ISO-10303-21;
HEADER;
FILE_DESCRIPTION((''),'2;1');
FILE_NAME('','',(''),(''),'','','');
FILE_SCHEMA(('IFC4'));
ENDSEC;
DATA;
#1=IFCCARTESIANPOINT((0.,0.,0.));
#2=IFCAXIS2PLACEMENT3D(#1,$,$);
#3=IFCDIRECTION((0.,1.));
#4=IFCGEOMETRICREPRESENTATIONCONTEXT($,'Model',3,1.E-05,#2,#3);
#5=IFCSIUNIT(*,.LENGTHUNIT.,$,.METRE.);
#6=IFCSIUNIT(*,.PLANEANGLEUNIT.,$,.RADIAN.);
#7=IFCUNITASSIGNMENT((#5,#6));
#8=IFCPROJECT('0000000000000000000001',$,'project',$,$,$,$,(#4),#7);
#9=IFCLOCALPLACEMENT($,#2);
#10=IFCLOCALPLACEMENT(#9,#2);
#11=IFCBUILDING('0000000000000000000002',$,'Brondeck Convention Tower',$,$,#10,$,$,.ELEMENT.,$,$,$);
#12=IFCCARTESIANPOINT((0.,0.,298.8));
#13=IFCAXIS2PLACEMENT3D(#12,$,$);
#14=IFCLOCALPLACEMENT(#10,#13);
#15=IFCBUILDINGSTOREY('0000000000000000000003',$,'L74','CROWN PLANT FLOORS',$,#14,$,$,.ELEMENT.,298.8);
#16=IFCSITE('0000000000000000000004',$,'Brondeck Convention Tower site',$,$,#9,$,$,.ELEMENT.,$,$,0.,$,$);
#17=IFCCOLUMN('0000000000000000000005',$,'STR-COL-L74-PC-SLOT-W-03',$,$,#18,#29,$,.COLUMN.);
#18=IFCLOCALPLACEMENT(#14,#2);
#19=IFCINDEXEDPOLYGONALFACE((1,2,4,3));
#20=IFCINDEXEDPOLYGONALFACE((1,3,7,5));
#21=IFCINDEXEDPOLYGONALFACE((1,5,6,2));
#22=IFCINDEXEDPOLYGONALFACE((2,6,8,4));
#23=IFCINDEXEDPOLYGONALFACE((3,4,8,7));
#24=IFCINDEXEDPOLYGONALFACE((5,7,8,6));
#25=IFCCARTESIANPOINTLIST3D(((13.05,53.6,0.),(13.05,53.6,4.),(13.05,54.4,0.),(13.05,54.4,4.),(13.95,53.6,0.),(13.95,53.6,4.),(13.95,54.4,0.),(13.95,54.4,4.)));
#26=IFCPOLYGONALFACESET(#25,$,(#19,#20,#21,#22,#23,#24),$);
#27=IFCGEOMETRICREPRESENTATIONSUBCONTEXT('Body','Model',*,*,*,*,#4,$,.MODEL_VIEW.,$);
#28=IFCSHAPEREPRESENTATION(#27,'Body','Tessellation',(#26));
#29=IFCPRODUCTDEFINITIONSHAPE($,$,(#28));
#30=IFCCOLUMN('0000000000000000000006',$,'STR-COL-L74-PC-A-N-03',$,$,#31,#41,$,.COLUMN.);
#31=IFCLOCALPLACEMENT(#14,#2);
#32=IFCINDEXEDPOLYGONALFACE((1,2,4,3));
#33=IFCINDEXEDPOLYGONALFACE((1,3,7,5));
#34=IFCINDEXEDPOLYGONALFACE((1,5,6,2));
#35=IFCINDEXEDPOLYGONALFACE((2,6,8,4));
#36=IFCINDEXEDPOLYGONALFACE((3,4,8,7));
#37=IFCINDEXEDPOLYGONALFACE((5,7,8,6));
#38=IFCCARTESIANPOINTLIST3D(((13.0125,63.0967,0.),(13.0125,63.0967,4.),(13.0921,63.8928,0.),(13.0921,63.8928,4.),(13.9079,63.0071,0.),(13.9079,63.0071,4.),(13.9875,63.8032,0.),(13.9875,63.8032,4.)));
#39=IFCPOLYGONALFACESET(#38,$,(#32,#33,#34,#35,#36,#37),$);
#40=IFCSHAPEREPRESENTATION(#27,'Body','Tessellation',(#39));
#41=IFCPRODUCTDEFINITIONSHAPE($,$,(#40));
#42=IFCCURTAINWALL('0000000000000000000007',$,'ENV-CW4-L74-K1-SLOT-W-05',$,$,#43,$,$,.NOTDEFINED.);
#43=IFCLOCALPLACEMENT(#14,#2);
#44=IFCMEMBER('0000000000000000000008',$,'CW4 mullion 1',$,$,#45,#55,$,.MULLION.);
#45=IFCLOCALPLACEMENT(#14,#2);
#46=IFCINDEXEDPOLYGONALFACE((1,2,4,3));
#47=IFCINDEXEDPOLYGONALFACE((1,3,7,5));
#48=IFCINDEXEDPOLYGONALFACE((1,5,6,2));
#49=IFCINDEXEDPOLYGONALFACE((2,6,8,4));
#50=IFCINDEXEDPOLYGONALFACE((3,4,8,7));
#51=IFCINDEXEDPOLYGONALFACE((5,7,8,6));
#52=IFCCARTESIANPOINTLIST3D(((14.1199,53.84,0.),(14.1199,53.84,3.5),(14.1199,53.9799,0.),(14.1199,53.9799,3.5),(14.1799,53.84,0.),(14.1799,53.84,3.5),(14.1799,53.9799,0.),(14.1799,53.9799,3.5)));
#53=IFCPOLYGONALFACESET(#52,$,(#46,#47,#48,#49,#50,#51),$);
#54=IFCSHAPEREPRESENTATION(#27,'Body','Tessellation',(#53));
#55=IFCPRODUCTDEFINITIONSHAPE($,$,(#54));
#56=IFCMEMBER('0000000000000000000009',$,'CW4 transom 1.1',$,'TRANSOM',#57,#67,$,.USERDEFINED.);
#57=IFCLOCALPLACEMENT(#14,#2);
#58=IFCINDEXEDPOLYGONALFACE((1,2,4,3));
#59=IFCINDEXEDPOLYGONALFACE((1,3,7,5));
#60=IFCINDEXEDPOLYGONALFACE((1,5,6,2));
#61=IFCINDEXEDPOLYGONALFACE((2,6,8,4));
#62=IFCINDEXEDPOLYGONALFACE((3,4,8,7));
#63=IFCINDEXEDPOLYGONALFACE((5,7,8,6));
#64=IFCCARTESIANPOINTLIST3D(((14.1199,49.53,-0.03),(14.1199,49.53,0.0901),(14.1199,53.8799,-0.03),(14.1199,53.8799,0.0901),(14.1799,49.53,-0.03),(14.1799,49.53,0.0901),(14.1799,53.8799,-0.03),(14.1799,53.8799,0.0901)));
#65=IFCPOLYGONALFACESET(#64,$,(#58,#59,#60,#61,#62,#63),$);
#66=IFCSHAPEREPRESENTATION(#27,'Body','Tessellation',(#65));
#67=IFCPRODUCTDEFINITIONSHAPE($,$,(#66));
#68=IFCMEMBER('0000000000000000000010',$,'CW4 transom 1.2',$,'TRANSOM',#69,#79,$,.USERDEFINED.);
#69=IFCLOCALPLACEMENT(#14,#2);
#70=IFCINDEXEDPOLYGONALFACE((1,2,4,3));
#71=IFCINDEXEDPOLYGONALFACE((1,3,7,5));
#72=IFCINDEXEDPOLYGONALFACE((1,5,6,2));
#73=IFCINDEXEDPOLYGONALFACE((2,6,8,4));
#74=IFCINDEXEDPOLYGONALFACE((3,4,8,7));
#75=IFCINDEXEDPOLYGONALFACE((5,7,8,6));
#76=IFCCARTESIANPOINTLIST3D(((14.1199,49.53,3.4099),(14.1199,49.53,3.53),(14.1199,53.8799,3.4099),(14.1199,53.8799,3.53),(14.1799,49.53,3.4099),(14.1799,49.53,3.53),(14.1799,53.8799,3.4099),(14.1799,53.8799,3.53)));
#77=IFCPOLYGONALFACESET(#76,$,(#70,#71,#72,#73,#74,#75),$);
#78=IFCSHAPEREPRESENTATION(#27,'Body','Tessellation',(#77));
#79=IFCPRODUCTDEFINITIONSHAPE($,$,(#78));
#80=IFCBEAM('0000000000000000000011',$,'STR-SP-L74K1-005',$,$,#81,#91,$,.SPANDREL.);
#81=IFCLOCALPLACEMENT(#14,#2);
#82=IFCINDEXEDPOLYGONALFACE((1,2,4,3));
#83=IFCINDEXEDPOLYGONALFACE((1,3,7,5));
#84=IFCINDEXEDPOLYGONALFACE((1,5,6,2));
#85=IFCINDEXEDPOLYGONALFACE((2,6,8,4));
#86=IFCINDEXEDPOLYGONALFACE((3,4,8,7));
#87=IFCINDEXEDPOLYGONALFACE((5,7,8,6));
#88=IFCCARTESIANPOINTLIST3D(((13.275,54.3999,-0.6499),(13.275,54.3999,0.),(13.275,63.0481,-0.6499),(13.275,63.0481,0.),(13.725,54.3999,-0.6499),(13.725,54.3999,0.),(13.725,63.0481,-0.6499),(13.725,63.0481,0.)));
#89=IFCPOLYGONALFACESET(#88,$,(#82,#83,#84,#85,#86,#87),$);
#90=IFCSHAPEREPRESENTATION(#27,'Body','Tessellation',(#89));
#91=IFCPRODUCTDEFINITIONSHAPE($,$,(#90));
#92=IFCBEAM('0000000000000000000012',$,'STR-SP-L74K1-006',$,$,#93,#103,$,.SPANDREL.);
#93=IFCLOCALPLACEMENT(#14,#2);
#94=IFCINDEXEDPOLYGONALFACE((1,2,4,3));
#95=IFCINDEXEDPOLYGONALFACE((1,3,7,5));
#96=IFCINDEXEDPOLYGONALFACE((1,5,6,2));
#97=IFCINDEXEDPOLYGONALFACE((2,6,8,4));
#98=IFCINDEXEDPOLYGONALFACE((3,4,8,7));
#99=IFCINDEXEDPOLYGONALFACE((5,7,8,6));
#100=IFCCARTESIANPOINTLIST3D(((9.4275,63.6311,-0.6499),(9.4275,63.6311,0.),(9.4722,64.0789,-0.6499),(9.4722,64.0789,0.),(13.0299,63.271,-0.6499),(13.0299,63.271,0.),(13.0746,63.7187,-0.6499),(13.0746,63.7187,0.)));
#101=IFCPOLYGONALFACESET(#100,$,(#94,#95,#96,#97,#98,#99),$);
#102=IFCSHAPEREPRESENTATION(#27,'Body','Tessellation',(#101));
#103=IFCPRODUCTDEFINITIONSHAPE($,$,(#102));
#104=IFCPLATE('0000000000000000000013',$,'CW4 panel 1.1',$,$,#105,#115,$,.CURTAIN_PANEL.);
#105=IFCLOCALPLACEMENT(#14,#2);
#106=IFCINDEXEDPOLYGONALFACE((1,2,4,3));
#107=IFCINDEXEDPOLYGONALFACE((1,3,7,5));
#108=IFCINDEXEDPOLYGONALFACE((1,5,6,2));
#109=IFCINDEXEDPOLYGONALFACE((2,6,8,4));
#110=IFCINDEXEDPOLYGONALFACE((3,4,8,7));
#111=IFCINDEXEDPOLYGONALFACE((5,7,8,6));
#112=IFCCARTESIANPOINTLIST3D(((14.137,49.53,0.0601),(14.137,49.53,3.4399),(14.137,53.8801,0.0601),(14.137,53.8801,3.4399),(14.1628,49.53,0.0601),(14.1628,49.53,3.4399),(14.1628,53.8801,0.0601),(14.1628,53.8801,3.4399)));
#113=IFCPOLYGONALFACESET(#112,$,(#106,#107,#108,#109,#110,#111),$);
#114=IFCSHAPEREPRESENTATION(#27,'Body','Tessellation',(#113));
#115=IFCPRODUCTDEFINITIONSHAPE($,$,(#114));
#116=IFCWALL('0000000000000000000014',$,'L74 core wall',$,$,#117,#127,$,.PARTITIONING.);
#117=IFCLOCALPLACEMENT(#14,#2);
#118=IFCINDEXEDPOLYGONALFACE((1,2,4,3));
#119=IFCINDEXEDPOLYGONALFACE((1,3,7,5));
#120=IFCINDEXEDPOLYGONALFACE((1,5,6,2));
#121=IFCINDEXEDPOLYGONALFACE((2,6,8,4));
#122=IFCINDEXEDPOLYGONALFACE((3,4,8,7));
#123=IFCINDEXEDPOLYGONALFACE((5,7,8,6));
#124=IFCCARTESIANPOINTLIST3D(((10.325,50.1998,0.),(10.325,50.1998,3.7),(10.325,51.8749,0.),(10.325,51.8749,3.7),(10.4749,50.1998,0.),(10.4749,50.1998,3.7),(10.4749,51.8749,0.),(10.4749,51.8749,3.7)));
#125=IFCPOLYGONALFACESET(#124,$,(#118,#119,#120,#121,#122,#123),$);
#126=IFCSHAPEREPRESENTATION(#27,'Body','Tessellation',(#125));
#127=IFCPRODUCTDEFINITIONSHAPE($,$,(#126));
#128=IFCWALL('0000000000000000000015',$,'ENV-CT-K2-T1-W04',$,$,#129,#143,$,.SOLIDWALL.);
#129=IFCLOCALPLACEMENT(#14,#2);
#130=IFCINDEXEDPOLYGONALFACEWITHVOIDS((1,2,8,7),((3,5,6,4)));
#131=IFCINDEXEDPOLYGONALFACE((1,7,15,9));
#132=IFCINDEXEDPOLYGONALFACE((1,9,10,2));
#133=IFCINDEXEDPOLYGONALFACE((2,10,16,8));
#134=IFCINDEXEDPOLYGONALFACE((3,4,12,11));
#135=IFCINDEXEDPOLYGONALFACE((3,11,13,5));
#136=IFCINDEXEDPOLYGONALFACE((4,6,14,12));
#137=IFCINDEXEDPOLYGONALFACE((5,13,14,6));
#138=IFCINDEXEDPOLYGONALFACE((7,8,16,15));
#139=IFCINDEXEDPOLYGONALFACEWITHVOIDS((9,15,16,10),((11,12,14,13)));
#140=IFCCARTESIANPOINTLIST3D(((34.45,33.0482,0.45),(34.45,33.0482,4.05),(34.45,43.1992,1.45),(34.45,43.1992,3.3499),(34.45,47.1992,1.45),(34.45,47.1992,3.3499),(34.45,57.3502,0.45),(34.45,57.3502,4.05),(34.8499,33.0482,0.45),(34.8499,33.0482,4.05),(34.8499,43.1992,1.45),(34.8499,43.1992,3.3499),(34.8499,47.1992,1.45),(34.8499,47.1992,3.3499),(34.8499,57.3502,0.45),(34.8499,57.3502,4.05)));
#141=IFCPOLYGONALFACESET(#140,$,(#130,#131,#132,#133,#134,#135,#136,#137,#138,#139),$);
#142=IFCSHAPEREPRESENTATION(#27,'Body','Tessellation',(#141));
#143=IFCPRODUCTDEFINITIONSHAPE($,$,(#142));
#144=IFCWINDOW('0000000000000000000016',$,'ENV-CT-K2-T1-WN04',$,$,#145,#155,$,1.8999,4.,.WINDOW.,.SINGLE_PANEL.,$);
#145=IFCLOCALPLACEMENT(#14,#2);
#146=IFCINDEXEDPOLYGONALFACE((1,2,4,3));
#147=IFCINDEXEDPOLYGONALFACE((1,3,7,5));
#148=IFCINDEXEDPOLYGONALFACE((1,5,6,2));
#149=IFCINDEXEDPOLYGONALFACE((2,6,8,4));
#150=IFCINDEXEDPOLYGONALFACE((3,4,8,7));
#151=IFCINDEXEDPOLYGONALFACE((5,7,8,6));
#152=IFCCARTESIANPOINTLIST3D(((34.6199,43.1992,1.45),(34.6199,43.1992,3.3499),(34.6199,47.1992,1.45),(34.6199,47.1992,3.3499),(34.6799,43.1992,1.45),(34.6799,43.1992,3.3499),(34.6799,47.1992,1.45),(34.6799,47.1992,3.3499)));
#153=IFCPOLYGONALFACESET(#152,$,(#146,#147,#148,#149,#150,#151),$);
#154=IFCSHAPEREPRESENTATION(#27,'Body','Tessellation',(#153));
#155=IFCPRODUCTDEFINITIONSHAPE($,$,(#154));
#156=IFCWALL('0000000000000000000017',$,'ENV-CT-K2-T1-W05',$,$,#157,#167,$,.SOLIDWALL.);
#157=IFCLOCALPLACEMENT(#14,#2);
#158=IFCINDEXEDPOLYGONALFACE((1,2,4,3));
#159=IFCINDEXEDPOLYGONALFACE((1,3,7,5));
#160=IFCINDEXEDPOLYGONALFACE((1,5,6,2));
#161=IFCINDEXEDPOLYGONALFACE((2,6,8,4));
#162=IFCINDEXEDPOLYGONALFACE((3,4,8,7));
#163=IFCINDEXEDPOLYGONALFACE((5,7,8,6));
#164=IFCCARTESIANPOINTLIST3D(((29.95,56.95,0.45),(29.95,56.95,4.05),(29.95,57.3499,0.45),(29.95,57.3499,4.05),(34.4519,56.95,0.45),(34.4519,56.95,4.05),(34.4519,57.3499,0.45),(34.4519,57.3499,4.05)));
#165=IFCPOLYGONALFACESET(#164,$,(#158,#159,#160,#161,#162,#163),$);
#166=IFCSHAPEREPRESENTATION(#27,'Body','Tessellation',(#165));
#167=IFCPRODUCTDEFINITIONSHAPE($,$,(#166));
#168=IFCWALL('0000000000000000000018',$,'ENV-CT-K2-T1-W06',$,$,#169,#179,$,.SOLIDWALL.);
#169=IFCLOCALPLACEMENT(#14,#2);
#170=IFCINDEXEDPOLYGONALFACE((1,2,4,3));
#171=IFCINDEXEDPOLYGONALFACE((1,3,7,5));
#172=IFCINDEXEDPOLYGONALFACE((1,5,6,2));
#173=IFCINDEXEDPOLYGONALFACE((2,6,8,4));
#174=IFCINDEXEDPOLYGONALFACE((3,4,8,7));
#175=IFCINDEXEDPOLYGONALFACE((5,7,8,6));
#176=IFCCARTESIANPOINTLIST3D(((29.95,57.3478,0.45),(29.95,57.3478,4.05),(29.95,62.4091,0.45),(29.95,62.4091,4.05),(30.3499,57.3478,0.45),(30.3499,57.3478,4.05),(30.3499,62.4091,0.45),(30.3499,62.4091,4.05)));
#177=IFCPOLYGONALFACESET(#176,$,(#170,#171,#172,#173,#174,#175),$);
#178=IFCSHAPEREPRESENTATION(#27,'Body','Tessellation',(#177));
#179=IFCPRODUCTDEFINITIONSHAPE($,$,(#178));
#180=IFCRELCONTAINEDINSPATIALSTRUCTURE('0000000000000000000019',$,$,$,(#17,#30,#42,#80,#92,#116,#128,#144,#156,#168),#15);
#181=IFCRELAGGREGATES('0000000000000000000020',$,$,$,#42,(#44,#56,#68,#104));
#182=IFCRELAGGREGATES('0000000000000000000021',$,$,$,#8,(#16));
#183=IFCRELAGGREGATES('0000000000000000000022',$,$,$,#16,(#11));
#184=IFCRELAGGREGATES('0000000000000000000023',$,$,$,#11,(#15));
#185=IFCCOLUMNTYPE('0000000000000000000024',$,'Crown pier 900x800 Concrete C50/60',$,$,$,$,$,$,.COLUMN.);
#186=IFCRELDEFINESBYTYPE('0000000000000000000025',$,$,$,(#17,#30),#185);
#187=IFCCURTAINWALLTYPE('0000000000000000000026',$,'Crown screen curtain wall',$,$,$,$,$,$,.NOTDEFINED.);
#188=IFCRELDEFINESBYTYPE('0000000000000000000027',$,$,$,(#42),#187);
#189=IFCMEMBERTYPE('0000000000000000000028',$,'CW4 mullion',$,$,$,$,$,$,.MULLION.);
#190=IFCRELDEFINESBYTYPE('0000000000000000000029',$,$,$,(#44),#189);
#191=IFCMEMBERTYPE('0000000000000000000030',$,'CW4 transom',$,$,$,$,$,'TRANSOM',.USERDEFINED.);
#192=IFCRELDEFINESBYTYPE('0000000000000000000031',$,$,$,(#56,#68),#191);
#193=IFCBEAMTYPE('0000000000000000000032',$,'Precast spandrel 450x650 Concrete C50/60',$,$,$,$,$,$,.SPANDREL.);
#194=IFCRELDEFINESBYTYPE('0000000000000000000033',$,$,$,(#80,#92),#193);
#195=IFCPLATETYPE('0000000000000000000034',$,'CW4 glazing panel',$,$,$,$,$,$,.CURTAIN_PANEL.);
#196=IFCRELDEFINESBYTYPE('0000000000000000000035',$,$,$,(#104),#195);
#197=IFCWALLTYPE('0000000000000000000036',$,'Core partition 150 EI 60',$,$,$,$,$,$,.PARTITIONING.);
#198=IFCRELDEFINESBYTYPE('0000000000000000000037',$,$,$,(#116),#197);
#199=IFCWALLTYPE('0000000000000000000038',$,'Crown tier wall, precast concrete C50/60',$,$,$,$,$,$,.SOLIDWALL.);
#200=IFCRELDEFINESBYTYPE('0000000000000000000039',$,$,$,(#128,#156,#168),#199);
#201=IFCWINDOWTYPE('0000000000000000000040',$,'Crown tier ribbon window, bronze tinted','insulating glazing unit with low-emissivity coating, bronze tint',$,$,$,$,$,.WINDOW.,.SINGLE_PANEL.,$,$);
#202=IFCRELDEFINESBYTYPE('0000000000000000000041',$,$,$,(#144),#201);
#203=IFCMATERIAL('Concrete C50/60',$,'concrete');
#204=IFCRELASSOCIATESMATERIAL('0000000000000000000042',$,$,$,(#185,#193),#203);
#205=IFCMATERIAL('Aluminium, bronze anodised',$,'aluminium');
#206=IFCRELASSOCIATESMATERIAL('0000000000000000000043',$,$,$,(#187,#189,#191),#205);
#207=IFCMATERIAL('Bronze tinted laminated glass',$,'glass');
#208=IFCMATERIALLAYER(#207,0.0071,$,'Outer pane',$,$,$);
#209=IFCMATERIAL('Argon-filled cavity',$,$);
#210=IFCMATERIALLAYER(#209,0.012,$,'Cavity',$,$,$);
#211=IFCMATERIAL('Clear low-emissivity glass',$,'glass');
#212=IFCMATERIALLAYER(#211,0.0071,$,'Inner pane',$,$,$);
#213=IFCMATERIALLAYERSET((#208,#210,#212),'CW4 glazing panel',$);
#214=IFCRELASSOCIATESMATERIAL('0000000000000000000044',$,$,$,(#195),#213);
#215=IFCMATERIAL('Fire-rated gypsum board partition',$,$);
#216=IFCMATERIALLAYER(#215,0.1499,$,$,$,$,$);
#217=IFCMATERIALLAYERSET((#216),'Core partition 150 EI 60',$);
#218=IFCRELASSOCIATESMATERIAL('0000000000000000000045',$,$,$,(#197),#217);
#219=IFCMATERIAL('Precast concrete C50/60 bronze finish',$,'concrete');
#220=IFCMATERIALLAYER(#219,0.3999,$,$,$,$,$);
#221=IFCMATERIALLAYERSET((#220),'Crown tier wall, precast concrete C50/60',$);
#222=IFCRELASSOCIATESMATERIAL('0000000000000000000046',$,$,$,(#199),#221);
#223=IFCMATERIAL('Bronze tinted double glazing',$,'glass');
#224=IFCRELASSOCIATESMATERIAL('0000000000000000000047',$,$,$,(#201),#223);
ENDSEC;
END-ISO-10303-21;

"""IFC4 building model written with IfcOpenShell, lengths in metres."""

from ifc_helpers import new_model, si_unit, direction, frame, frame_2d, origin, origin_2d, place, context, subcontext, project, spatial, rectangle, extrude, material, layer, layer_set, material_profile, profile_set, type_object, element, fill, aggregate, save


model = new_model("IFC4")

# Units and contexts
model_context = context("Model", 3, precision=1e-05, world=origin(), true_north=direction((0.0, 1.0)))
body_context = subcontext(model_context, "Body", "Model", "MODEL_VIEW")
ifc_project = project(units=[si_unit("LENGTHUNIT", "METRE"), si_unit("PLANEANGLEUNIT", "RADIAN")], contexts=[model_context])

# Site, building, storey
site_placement = place(None, origin())
site = spatial("IfcSite", under=ifc_project, at=site_placement, Name="Brondeck Convention Tower site", CompositionType="ELEMENT", RefElevation=0.0)
building_placement = place(site_placement, origin())
building = spatial("IfcBuilding", under=site, at=building_placement, Name="Brondeck Convention Tower", CompositionType="ELEMENT")
storey_placement = place(building_placement, frame((0.0, 0.0, 298.8)))
storey = spatial("IfcBuildingStorey", under=building, at=storey_placement, Name="L74", Description="CROWN PLANT FLOORS", CompositionType="ELEMENT", Elevation=298.8)

# Columns
ifc_material_1 = material(Name="Concrete C50/60", Category="concrete")
ifc_material_profile_1 = material_profile(ifc_material_1, rectangle(XDim=0.8999, YDim=0.8, at=origin_2d()), Name="Crown pier 900x800 Concrete C50/60")
ifc_profile_set_1 = profile_set([ifc_material_profile_1], Name="Concrete C50/60")
column_type = type_object("IfcColumnType", Name="Crown pier 900x800 Concrete C50/60", PredefinedType="COLUMN", material=ifc_profile_set_1)
for number, where, z_axis, x_axis, name in (
    (1, (13.5, 54.0, 0.0), (0.0, 0.0, 1.0), (1.0, 0.0, 0.0), "STR-COL-L74-PC-SLOT-W-03"),
    (2, (13.5, 63.45, 0.0), (0.0, 0.0, 1.0), (-0.995037, 0.099504, 0.0), "STR-COL-L74-PC-A-N-03"),
):
    element("IfcColumn", number, at=place(storey_placement, frame(where, z_axis=z_axis, x_axis=x_axis)), inside=storey, type_object=column_type, Name=name, PredefinedType="COLUMN", context=body_context, shape_type="SweptSolid", body=[
        extrude(rectangle(XDim=0.8999, YDim=0.8, at=origin_2d()), origin(), (0.0, 0.0, 1.0), 4.0),
    ])

# Curtain wall, members
ifc_material_2 = material(Name="Aluminium, bronze anodised", Category="aluminium")
curtain_wall_type = type_object("IfcCurtainWallType", Name="Crown screen curtain wall", PredefinedType="NOTDEFINED", material=ifc_material_2)
curtain_wall_placement = place(storey_placement, origin())
curtain_wall = element("IfcCurtainWall", 3, at=curtain_wall_placement, inside=storey, type_object=curtain_wall_type, Name="ENV-CW4-L74-K1-SLOT-W-05", PredefinedType="NOTDEFINED")
ifc_material_profile_2 = material_profile(ifc_material_2, rectangle(XDim=0.0601, YDim=0.1399, at=origin_2d()), Name="CW4 mullion")
ifc_profile_set_2 = profile_set([ifc_material_profile_2], Name="Aluminium, bronze anodised")
member_type_1 = type_object("IfcMemberType", Name="CW4 mullion", PredefinedType="MULLION", material=ifc_profile_set_2)
member_1_placement = place(storey_placement, frame((14.1499, 53.9099, 0.0), z_axis=(0.0, 0.0, 1.0), x_axis=(1.0, 0.0, 0.0)))
member_1 = element("IfcMember", 4, at=member_1_placement, type_object=member_type_1, Name="CW4 mullion 1", PredefinedType="MULLION", context=body_context, shape_type="SweptSolid", body=[
    extrude(rectangle(XDim=0.0601, YDim=0.1399, at=origin_2d()), origin(), (0.0, 0.0, 1.0), 3.5),
])
ifc_material_profile_3 = material_profile(ifc_material_2, rectangle(XDim=0.0601, YDim=0.1201, at=origin_2d()), Name="CW4 transom")
ifc_profile_set_3 = profile_set([ifc_material_profile_3], Name="Aluminium, bronze anodised")
member_type_2 = type_object("IfcMemberType", Name="CW4 transom", ElementType="TRANSOM", PredefinedType="USERDEFINED", material=ifc_profile_set_3)
member_2_placement = place(storey_placement, frame((14.1499, 53.8799, 0.03), z_axis=(0.0, -1.0, 0.0), x_axis=(1.0, 0.0, 0.0)))
member_2 = element("IfcMember", 5, at=member_2_placement, type_object=member_type_2, Name="CW4 transom 1.1", ObjectType="TRANSOM", PredefinedType="USERDEFINED", context=body_context, shape_type="SweptSolid", body=[
    extrude(rectangle(XDim=0.0601, YDim=0.1201, at=origin_2d()), origin(), (0.0, 0.0, 1.0), 4.3499),
])
member_3_placement = place(storey_placement, frame((14.1499, 53.8799, 3.47), z_axis=(0.0, -1.0, 0.0), x_axis=(1.0, 0.0, 0.0)))
member_3 = element("IfcMember", 6, at=member_3_placement, type_object=member_type_2, Name="CW4 transom 1.2", ObjectType="TRANSOM", PredefinedType="USERDEFINED", context=body_context, shape_type="SweptSolid", body=[
    extrude(rectangle(XDim=0.0601, YDim=0.1201, at=origin_2d()), origin(), (0.0, 0.0, 1.0), 4.3499),
])

# Beams
ifc_material_profile_4 = material_profile(ifc_material_1, rectangle(XDim=0.45, YDim=0.6499, at=origin_2d()), Name="Precast spandrel 450x650 Concrete C50/60")
ifc_profile_set_4 = profile_set([ifc_material_profile_4], Name="Concrete C50/60")
beam_type = type_object("IfcBeamType", Name="Precast spandrel 450x650 Concrete C50/60", PredefinedType="SPANDREL", material=ifc_profile_set_4)
beam_1_placement = place(storey_placement, frame((13.5, 54.3999, -0.325), z_axis=(0.0, 1.0, 0.0), x_axis=(-1.0, 0.0, 0.0)))
element("IfcBeam", 7, at=beam_1_placement, inside=storey, type_object=beam_type, Name="STR-SP-L74K1-005", PredefinedType="SPANDREL", context=body_context, shape_type="SweptSolid", body=[
    extrude(rectangle(XDim=0.45, YDim=0.6499, at=origin_2d()), origin(), (0.0, 0.0, 1.0), 8.6482),
])
beam_2_placement = place(storey_placement, frame((13.0522, 63.4949, -0.325), z_axis=(-0.995041, 0.09947, 0.0), x_axis=(-0.09947, -0.995041, 0.0)))
element("IfcBeam", 8, at=beam_2_placement, inside=storey, type_object=beam_type, Name="STR-SP-L74K1-006", PredefinedType="SPANDREL", context=body_context, shape_type="SweptSolid", body=[
    extrude(rectangle(XDim=0.45, YDim=0.6499, at=origin_2d()), origin(), (0.0, 0.0, 1.0), 3.6204),
])

# Plate
ifc_material_3 = material(Name="Bronze tinted laminated glass", Category="glass")
ifc_layer_1 = layer(ifc_material_3, 0.0071, Name="Outer pane")
ifc_material_4 = material(Name="Argon-filled cavity")
ifc_layer_2 = layer(ifc_material_4, 0.012, Name="Cavity")
ifc_material_5 = material(Name="Clear low-emissivity glass", Category="glass")
ifc_layer_3 = layer(ifc_material_5, 0.0071, Name="Inner pane")
ifc_layer_set_1 = layer_set([ifc_layer_1, ifc_layer_2, ifc_layer_3], Name="CW4 glazing panel")
plate_type = type_object("IfcPlateType", Name="CW4 glazing panel", PredefinedType="CURTAIN_PANEL", material=ifc_layer_set_1)
plate_placement = place(storey_placement, frame((14.1499, 51.7051, 0.0601), z_axis=(0.0, 0.0, 1.0), x_axis=(0.0, -1.0, 0.0)))
plate = element("IfcPlate", 9, at=plate_placement, type_object=plate_type, Name="CW4 panel 1.1", PredefinedType="CURTAIN_PANEL", context=body_context, shape_type="SweptSolid", body=[
    extrude(rectangle(XDim=4.3501, YDim=0.0259, at=origin_2d()), origin(), (0.0, 0.0, 1.0), 3.3799),
])
aggregate(curtain_wall, [member_1, member_2, member_3, plate])

# Wall
ifc_material_6 = material(Name="Fire-rated gypsum board partition")
ifc_layer_4 = layer(ifc_material_6, 0.1499)
ifc_layer_set_2 = layer_set([ifc_layer_4], Name="Core partition 150 EI 60")
wall_type_1 = type_object("IfcWallType", Name="Core partition 150 EI 60", PredefinedType="PARTITIONING", material=ifc_layer_set_2)
wall_1_placement = place(storey_placement, frame((10.3999, 50.2, 0.0), z_axis=(0.0, 0.0, 1.0), x_axis=(0.0, 1.0, 0.0)))
element("IfcWall", 10, at=wall_1_placement, inside=storey, type_object=wall_type_1, Name="L74 core wall", PredefinedType="PARTITIONING", context=body_context, shape_type="SweptSolid", body=[
    extrude(rectangle(XDim=1.675, YDim=0.1499, at=frame_2d((0.8374, 0.0))), origin(), (0.0, 0.0, 1.0), 3.7),
])

# Wall, opening, window
ifc_material_7 = material(Name="Precast concrete C50/60 bronze finish", Category="concrete")
ifc_layer_5 = layer(ifc_material_7, 0.3999)
ifc_layer_set_3 = layer_set([ifc_layer_5], Name="Crown tier wall, precast concrete C50/60")
wall_type_2 = type_object("IfcWallType", Name="Crown tier wall, precast concrete C50/60", PredefinedType="SOLIDWALL", material=ifc_layer_set_3)
wall_2_placement = place(storey_placement, frame((34.6499, 57.3501, 0.45), z_axis=(0.0, 0.0, 1.0), x_axis=(0.0, -1.0, 0.0)))
wall_2 = element("IfcWall", 11, at=wall_2_placement, inside=storey, type_object=wall_type_2, Name="ENV-CT-K2-T1-W04", PredefinedType="SOLIDWALL", context=body_context, shape_type="SweptSolid", body=[
    extrude(rectangle(XDim=24.302, YDim=0.3999, at=frame_2d((12.1509, 0.0))), origin(), (0.0, 0.0, 1.0), 3.6001),
])
opening_1_placement = place(wall_2_placement, frame((10.1509, 0.0, 1.0)))
opening_1 = element("IfcOpeningElement", 12, at=opening_1_placement, cuts=wall_2, PredefinedType="OPENING", context=body_context, shape_type="SweptSolid", body=[
    extrude(rectangle(XDim=4.0, YDim=1.8999, at=frame_2d((2.0, 0.95))), frame((0.0, 0.21, 0.0), z_axis=(0.0, -1.0, 0.0), x_axis=(1.0, 0.0, 0.0)), (0.0, 0.0, 1.0), 0.4199),
])
ifc_material_8 = material(Name="Bronze tinted double glazing", Category="glass")
window_type = type_object("IfcWindowType", Name="Crown tier ribbon window, bronze tinted", Description="insulating glazing unit with low-emissivity coating, bronze tint", PartitioningType="SINGLE_PANEL", PredefinedType="WINDOW", material=ifc_material_8)
window_placement = place(opening_1_placement, origin())
window = element("IfcWindow", 13, at=window_placement, inside=storey, type_object=window_type, Name="ENV-CT-K2-T1-WN04", OverallHeight=1.8999, OverallWidth=4.0, PartitioningType="SINGLE_PANEL", PredefinedType="WINDOW", context=body_context, shape_type="SweptSolid", body=[
    extrude(rectangle(XDim=4.0, YDim=1.8999, at=frame_2d((2.0, 0.95))), frame((0.0, 0.03, 0.0), z_axis=(0.0, -1.0, 0.0), x_axis=(1.0, 0.0, 0.0)), (0.0, 0.0, 1.0), 0.0601),
])
fill(opening_1, window)

# Walls
wall_3_placement = place(storey_placement, frame((29.95, 57.1499, 0.45), z_axis=(0.0, 0.0, 1.0), x_axis=(1.0, 0.0, 0.0)))
element("IfcWall", 14, at=wall_3_placement, inside=storey, type_object=wall_type_2, Name="ENV-CT-K2-T1-W05", PredefinedType="SOLIDWALL", context=body_context, shape_type="SweptSolid", body=[
    extrude(rectangle(XDim=4.502, YDim=0.3999, at=frame_2d((2.251, 0.0))), origin(), (0.0, 0.0, 1.0), 3.6001),
])
wall_4_placement = place(storey_placement, frame((30.1499, 62.4092, 0.45), z_axis=(0.0, 0.0, 1.0), x_axis=(0.0, -1.0, 0.0)))
element("IfcWall", 15, at=wall_4_placement, inside=storey, type_object=wall_type_2, Name="ENV-CT-K2-T1-W06", PredefinedType="SOLIDWALL", context=body_context, shape_type="SweptSolid", body=[
    extrude(rectangle(XDim=5.0613, YDim=0.3999, at=frame_2d((2.5308, 0.0))), origin(), (0.0, 0.0, 1.0), 3.6001),
])

save(model, "model.ifc")
